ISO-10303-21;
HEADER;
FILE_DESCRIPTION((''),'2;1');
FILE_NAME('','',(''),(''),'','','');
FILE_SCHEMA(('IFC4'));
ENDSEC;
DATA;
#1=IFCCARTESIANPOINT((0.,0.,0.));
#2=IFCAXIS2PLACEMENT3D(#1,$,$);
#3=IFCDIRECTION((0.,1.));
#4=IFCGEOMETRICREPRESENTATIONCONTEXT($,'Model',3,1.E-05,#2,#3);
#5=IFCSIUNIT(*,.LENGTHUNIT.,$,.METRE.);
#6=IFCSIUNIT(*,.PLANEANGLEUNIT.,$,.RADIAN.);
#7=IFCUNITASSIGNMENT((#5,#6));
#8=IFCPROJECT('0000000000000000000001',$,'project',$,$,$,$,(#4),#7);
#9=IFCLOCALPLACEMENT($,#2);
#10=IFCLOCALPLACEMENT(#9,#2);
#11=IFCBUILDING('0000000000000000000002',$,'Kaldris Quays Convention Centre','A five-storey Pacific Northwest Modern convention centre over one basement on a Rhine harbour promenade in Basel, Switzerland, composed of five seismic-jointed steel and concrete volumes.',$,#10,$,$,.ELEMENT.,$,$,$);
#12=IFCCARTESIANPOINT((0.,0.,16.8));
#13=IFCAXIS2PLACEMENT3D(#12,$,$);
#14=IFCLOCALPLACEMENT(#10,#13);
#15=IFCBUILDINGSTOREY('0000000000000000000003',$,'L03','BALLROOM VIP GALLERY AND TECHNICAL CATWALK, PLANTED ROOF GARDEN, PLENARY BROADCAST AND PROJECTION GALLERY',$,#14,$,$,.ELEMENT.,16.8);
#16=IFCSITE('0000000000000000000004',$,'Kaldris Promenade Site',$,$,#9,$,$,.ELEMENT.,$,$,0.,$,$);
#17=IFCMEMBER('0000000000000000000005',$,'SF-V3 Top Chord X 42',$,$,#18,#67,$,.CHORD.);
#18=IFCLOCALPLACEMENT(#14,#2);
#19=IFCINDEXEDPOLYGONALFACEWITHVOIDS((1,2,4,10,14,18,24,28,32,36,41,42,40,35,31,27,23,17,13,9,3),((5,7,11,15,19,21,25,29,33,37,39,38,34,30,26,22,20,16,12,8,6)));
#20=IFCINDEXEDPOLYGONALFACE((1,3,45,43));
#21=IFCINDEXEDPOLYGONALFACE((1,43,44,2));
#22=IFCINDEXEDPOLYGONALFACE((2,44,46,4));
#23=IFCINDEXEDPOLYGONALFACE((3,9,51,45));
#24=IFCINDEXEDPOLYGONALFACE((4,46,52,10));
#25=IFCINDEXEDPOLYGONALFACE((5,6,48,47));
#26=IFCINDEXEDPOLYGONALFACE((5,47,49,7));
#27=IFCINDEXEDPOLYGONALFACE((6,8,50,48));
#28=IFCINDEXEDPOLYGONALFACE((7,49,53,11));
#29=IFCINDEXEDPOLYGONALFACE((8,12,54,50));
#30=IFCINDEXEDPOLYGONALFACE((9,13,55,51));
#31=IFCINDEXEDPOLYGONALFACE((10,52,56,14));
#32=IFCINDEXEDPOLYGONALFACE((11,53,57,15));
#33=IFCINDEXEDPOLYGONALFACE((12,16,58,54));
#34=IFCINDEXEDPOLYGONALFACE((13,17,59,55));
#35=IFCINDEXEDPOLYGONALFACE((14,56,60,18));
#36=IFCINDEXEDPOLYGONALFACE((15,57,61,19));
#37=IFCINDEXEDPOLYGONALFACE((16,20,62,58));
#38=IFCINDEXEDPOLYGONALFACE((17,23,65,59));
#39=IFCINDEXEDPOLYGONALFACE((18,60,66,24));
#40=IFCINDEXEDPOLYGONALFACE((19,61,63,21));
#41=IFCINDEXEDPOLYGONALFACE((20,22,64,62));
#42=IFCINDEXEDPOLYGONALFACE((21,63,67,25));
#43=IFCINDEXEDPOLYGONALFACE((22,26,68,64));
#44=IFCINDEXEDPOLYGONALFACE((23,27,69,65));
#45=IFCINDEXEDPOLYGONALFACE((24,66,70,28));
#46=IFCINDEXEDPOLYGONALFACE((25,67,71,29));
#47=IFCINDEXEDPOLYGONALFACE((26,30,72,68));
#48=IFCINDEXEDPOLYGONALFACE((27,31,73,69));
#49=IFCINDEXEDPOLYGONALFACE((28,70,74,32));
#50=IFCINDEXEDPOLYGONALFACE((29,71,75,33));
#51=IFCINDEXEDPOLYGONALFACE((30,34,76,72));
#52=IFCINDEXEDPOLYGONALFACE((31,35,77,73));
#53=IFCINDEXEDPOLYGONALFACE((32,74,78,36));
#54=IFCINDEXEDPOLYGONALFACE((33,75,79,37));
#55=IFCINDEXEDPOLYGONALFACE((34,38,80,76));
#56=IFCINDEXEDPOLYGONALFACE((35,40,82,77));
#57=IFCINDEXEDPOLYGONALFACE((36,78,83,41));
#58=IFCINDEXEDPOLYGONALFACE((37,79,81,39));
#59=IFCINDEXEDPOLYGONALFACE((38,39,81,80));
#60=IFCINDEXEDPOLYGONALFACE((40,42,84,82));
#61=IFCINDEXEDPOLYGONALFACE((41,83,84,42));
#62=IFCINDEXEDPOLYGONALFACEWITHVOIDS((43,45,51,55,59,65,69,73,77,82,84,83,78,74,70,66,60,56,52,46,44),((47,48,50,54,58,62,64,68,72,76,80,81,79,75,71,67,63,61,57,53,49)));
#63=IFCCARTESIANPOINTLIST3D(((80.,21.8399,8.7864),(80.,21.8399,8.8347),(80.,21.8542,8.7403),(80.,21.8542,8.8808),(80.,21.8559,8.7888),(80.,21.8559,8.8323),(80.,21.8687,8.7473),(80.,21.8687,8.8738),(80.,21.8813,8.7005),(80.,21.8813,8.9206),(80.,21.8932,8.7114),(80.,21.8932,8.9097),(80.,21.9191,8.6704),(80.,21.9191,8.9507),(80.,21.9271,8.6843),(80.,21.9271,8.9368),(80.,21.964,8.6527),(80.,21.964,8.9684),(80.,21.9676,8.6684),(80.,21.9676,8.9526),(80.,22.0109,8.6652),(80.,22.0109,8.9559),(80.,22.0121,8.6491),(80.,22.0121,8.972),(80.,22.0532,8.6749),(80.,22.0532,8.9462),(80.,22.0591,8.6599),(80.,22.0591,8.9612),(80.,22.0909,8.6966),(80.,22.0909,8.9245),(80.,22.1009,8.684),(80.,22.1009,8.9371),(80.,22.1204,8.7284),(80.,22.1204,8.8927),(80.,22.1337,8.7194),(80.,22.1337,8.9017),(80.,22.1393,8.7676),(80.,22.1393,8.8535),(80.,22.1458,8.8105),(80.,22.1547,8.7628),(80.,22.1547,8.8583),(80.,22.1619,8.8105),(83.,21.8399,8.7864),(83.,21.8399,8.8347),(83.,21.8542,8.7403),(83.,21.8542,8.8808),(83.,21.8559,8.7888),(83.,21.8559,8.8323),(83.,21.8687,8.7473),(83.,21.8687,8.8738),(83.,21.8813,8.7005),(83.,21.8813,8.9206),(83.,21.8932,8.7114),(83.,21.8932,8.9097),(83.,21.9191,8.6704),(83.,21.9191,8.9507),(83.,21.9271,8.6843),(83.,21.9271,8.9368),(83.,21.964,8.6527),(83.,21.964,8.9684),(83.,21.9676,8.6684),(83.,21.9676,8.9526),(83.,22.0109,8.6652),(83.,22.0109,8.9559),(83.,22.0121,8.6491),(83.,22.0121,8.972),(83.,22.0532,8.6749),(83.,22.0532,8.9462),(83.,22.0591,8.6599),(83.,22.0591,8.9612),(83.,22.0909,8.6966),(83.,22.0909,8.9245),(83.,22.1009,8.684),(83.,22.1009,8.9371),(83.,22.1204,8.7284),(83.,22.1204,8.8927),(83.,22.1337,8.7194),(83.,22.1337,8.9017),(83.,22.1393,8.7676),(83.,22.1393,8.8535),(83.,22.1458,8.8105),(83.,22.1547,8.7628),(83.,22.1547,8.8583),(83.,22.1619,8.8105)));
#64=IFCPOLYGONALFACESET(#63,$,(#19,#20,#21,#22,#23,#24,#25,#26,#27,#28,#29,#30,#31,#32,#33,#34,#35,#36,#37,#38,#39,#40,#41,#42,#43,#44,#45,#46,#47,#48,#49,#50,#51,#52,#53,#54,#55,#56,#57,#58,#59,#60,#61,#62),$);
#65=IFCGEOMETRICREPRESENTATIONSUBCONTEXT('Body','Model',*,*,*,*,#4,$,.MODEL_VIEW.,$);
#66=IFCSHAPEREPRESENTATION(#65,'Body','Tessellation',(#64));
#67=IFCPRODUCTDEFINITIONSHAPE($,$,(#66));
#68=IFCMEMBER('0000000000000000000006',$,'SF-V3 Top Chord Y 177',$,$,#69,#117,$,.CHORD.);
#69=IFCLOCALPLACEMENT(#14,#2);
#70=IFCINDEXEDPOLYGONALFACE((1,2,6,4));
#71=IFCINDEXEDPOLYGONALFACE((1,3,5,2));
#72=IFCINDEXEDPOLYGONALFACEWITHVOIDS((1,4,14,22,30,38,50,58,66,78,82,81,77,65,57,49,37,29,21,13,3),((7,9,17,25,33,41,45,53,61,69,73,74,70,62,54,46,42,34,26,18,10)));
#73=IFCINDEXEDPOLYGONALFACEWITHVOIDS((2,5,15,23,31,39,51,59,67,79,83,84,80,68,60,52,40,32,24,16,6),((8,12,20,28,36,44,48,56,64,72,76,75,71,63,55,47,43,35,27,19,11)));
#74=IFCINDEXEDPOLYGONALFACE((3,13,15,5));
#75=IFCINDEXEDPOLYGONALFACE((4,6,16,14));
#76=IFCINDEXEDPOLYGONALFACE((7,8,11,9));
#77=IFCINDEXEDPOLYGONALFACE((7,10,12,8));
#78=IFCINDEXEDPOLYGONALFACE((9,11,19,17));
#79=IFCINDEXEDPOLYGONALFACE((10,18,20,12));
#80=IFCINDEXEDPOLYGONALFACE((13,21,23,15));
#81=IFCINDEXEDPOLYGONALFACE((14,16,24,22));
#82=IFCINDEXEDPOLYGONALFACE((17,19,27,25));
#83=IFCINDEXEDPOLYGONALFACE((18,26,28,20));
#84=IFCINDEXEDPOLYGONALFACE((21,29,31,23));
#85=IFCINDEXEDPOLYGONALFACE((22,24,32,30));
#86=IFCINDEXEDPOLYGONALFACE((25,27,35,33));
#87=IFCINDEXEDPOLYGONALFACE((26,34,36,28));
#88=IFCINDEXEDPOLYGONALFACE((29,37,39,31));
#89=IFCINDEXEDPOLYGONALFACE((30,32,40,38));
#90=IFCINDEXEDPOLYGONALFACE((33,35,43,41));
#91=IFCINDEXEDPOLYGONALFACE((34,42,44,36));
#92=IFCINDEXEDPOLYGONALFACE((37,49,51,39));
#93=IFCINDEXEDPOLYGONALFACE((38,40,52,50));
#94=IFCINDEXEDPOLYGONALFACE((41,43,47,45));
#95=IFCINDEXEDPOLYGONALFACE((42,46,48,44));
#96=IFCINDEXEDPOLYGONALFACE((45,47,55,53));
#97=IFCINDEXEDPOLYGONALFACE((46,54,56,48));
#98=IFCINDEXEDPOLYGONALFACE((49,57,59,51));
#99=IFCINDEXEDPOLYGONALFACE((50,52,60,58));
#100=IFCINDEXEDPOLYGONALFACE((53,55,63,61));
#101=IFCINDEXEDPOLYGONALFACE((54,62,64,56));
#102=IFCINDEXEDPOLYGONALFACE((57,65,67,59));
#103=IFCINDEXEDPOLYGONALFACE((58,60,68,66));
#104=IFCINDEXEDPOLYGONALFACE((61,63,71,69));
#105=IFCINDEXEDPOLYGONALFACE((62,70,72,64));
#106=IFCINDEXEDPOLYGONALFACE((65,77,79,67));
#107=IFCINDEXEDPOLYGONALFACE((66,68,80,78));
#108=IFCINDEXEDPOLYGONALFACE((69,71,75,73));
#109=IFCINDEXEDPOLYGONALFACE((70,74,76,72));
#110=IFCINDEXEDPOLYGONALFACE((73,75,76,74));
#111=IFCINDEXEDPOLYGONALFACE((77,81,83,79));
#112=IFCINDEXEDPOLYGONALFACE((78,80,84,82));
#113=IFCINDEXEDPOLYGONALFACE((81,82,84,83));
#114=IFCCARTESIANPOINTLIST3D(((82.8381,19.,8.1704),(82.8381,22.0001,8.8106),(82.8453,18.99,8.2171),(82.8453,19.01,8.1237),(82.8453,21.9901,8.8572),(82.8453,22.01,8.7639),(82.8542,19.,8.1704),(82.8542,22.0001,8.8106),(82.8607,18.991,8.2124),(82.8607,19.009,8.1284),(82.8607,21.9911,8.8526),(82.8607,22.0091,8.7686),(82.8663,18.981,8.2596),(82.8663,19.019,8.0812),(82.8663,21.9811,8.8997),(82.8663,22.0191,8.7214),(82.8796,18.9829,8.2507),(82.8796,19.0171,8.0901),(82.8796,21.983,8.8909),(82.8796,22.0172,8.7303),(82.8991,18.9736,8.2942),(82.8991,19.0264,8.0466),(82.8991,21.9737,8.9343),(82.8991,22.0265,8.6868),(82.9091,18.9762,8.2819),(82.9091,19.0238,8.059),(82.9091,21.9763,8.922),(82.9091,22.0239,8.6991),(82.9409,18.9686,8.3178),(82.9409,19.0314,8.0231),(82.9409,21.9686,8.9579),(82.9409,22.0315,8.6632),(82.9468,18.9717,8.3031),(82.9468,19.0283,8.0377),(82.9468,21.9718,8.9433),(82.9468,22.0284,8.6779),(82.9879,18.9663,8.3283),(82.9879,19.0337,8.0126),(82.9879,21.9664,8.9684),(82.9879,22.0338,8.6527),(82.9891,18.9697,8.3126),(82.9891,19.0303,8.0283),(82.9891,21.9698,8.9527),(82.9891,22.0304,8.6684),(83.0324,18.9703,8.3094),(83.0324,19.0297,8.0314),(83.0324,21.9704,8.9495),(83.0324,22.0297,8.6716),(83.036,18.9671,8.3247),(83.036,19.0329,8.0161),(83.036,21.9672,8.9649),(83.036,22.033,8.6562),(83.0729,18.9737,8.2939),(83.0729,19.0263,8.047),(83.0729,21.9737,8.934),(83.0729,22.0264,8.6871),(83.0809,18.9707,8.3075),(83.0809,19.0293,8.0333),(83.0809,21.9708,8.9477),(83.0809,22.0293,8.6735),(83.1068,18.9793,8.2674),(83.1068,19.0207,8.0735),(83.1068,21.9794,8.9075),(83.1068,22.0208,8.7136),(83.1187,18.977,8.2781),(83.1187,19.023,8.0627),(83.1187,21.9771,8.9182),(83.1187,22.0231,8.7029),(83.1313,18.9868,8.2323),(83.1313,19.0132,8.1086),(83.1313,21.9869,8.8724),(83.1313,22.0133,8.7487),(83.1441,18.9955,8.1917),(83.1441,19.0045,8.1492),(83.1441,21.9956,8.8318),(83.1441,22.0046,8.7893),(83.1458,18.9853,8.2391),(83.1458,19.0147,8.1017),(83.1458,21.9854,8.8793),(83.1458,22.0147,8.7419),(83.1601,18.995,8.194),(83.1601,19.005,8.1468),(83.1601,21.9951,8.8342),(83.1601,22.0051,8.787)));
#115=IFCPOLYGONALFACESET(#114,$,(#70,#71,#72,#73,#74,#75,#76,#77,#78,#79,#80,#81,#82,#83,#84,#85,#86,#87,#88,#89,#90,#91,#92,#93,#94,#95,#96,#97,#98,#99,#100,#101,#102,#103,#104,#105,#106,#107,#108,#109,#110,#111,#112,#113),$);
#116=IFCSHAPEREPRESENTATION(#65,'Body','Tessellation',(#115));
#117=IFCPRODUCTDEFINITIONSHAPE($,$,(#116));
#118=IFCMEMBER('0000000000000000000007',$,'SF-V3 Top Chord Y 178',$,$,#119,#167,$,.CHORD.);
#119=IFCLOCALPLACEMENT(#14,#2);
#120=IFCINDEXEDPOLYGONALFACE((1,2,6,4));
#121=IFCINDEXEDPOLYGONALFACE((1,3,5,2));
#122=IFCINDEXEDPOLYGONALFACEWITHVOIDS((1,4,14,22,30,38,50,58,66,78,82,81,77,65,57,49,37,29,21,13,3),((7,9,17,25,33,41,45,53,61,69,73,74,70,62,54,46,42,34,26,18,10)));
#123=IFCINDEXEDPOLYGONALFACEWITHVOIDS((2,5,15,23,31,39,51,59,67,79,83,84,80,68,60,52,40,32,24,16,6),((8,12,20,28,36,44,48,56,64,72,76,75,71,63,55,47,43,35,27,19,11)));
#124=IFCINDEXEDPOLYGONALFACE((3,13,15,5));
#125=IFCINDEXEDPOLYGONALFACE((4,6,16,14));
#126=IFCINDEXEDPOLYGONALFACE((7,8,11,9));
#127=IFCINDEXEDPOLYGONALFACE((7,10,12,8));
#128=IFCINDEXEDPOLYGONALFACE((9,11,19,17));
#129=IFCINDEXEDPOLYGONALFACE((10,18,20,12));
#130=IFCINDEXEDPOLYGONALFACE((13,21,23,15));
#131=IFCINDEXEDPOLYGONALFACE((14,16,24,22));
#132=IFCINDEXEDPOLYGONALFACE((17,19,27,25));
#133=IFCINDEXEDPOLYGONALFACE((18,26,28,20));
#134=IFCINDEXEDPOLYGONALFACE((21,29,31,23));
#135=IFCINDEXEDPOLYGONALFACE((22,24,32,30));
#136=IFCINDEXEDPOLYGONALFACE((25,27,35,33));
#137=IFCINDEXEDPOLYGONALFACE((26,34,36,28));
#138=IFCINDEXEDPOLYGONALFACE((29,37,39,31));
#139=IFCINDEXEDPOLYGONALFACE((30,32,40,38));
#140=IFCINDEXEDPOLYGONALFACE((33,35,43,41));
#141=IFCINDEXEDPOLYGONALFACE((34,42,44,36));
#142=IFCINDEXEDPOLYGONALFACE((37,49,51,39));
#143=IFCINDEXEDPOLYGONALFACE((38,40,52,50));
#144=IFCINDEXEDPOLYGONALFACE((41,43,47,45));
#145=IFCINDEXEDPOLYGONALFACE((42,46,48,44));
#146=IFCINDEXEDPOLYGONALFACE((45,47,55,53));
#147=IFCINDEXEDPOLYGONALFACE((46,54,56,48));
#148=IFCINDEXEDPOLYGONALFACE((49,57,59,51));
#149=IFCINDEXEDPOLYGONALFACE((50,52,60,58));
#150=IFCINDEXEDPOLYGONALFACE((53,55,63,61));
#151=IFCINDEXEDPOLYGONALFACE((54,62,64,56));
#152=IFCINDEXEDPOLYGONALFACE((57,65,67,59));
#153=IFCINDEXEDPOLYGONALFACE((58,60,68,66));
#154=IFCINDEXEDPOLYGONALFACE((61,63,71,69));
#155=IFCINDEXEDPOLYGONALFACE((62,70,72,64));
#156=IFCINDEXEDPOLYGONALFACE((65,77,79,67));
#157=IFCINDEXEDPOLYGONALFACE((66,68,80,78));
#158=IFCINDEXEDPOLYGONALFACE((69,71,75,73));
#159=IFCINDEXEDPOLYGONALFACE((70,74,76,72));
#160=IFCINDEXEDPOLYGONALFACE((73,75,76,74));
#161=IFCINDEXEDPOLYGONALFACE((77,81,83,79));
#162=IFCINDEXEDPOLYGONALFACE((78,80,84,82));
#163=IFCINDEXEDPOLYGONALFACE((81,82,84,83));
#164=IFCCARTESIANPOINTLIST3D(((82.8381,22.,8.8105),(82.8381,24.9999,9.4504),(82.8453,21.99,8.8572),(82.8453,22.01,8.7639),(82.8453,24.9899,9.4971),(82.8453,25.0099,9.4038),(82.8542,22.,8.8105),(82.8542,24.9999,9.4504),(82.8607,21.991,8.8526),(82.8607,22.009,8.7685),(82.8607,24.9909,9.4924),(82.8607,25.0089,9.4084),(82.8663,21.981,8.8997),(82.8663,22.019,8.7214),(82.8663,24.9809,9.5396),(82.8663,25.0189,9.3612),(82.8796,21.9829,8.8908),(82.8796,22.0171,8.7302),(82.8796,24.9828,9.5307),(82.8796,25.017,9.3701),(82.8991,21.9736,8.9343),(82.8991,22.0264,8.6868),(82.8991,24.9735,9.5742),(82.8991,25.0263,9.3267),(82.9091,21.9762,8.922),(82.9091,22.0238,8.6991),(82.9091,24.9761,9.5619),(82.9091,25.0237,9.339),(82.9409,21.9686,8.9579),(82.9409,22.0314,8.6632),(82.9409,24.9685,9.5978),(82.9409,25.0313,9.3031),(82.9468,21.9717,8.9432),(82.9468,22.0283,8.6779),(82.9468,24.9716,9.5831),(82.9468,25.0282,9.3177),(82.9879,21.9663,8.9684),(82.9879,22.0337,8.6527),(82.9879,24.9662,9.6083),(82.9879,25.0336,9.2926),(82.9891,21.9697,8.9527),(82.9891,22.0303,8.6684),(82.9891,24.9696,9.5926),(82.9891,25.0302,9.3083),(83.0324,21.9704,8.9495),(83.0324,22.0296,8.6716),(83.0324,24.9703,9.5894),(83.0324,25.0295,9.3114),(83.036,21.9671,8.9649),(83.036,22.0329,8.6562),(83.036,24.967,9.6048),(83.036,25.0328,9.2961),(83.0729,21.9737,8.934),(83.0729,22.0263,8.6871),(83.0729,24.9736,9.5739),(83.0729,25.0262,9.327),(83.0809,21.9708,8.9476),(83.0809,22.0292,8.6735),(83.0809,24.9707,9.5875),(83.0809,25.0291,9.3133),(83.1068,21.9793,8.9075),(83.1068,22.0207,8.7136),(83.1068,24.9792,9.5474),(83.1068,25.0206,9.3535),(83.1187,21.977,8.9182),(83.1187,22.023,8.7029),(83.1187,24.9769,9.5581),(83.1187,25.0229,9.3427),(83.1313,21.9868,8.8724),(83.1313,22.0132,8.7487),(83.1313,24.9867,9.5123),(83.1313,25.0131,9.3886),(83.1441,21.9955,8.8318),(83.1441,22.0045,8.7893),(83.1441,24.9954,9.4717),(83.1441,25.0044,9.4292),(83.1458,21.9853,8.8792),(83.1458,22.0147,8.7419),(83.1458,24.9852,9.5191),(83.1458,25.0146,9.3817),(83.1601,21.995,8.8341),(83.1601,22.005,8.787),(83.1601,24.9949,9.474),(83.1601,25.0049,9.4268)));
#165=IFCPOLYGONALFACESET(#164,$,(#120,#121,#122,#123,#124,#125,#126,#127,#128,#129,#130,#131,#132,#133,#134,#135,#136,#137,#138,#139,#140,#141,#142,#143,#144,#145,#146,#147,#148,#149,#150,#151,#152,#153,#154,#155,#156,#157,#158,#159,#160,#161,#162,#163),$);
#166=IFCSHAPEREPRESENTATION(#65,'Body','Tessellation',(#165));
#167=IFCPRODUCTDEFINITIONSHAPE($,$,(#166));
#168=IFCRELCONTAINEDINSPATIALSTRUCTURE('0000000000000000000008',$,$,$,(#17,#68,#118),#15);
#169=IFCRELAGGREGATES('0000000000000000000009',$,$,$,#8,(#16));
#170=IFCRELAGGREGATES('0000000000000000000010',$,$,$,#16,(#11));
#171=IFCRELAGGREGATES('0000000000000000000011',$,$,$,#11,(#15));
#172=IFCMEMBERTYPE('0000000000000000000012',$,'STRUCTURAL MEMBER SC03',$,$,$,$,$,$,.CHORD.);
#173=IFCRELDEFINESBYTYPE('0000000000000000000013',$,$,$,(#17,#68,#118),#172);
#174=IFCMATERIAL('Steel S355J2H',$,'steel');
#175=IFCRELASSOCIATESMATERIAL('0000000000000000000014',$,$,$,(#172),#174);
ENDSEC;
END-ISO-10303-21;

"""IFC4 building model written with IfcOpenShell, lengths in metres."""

from ifc_helpers import new_model, si_unit, direction, frame, origin, origin_2d, place, context, subcontext, project, spatial, hollow_circle, extrude, material, material_profile, profile_set, type_object, element, save


model = new_model("IFC4")

# Units and contexts
model_context = context("Model", 3, precision=1e-05, world=origin(), true_north=direction((0.0, 1.0)))
body_context = subcontext(model_context, "Body", "Model", "MODEL_VIEW")
ifc_project = project(units=[si_unit("LENGTHUNIT", "METRE"), si_unit("PLANEANGLEUNIT", "RADIAN")], contexts=[model_context])

# Site, building, storey
site_placement = place(None, origin())
site = spatial("IfcSite", under=ifc_project, at=site_placement, Name="Kaldris Promenade Site", CompositionType="ELEMENT", RefElevation=0.0)
building_placement = place(site_placement, origin())
building = spatial("IfcBuilding", under=site, at=building_placement, Name="Kaldris Quays Convention Centre", Description="A five-storey Pacific Northwest Modern convention centre over one basement on a Rhine harbour promenade in Basel, Switzerland, composed of five seismic-jointed steel and concrete volumes.", CompositionType="ELEMENT")
storey_placement = place(building_placement, frame((0.0, 0.0, 16.8)))
storey = spatial("IfcBuildingStorey", under=building, at=storey_placement, Name="L03", Description="BALLROOM VIP GALLERY AND TECHNICAL CATWALK, PLANTED ROOF GARDEN, PLENARY BROADCAST AND PROJECTION GALLERY", CompositionType="ELEMENT", Elevation=16.8)

# Members
ifc_material_1 = material(Name="Steel S355J2H", Category="steel")
ifc_material_profile_1 = material_profile(ifc_material_1, hollow_circle(Radius=0.1619, WallThickness=0.0161, at=origin_2d()), Name="CHS 323.9x16")
ifc_profile_set_1 = profile_set([ifc_material_profile_1], Name="Steel S355J2H")
member_type_1 = type_object("IfcMemberType", Name="STRUCTURAL MEMBER SC03", PredefinedType="CHORD", material=ifc_profile_set_1)
for number, where, z_axis, x_axis, name in (
    (1, (80.0, 22.0, 8.8105), (1.0, 0.0, 0.0), (0.0, 1.0, 0.0), "SF-V3 Top Chord X 42"),
):
    element("IfcMember", number, at=place(storey_placement, frame(where, z_axis=z_axis, x_axis=x_axis)), inside=storey, type_object=member_type_1, Name=name, PredefinedType="CHORD", context=body_context, shape_type="SweptSolid", body=[
        extrude(hollow_circle(Radius=0.1619, WallThickness=0.0161, at=origin_2d()), origin(), (0.0, 0.0, 1.0), 3.0),
    ])
member_1_placement = place(storey_placement, frame((83.0, 19.0, 8.1704), z_axis=(0.0, 0.977984, 0.208681), x_axis=(-1.0, 0.0, 0.0)))
element("IfcMember", 2, at=member_1_placement, inside=storey, type_object=member_type_1, Name="SF-V3 Top Chord Y 177", PredefinedType="CHORD", context=body_context, shape_type="SweptSolid", body=[
    extrude(hollow_circle(Radius=0.1619, WallThickness=0.0161, at=origin_2d()), origin(), (0.0, 0.0, 1.0), 3.0676),
])
member_2_placement = place(storey_placement, frame((83.0, 22.0, 8.8105), z_axis=(0.0, 0.978, 0.208605), x_axis=(-1.0, 0.0, 0.0)))
element("IfcMember", 3, at=member_2_placement, inside=storey, type_object=member_type_1, Name="SF-V3 Top Chord Y 178", PredefinedType="CHORD", context=body_context, shape_type="SweptSolid", body=[
    extrude(hollow_circle(Radius=0.1619, WallThickness=0.0161, at=origin_2d()), origin(), (0.0, 0.0, 1.0), 3.0674),
])

save(model, "model.ifc")
